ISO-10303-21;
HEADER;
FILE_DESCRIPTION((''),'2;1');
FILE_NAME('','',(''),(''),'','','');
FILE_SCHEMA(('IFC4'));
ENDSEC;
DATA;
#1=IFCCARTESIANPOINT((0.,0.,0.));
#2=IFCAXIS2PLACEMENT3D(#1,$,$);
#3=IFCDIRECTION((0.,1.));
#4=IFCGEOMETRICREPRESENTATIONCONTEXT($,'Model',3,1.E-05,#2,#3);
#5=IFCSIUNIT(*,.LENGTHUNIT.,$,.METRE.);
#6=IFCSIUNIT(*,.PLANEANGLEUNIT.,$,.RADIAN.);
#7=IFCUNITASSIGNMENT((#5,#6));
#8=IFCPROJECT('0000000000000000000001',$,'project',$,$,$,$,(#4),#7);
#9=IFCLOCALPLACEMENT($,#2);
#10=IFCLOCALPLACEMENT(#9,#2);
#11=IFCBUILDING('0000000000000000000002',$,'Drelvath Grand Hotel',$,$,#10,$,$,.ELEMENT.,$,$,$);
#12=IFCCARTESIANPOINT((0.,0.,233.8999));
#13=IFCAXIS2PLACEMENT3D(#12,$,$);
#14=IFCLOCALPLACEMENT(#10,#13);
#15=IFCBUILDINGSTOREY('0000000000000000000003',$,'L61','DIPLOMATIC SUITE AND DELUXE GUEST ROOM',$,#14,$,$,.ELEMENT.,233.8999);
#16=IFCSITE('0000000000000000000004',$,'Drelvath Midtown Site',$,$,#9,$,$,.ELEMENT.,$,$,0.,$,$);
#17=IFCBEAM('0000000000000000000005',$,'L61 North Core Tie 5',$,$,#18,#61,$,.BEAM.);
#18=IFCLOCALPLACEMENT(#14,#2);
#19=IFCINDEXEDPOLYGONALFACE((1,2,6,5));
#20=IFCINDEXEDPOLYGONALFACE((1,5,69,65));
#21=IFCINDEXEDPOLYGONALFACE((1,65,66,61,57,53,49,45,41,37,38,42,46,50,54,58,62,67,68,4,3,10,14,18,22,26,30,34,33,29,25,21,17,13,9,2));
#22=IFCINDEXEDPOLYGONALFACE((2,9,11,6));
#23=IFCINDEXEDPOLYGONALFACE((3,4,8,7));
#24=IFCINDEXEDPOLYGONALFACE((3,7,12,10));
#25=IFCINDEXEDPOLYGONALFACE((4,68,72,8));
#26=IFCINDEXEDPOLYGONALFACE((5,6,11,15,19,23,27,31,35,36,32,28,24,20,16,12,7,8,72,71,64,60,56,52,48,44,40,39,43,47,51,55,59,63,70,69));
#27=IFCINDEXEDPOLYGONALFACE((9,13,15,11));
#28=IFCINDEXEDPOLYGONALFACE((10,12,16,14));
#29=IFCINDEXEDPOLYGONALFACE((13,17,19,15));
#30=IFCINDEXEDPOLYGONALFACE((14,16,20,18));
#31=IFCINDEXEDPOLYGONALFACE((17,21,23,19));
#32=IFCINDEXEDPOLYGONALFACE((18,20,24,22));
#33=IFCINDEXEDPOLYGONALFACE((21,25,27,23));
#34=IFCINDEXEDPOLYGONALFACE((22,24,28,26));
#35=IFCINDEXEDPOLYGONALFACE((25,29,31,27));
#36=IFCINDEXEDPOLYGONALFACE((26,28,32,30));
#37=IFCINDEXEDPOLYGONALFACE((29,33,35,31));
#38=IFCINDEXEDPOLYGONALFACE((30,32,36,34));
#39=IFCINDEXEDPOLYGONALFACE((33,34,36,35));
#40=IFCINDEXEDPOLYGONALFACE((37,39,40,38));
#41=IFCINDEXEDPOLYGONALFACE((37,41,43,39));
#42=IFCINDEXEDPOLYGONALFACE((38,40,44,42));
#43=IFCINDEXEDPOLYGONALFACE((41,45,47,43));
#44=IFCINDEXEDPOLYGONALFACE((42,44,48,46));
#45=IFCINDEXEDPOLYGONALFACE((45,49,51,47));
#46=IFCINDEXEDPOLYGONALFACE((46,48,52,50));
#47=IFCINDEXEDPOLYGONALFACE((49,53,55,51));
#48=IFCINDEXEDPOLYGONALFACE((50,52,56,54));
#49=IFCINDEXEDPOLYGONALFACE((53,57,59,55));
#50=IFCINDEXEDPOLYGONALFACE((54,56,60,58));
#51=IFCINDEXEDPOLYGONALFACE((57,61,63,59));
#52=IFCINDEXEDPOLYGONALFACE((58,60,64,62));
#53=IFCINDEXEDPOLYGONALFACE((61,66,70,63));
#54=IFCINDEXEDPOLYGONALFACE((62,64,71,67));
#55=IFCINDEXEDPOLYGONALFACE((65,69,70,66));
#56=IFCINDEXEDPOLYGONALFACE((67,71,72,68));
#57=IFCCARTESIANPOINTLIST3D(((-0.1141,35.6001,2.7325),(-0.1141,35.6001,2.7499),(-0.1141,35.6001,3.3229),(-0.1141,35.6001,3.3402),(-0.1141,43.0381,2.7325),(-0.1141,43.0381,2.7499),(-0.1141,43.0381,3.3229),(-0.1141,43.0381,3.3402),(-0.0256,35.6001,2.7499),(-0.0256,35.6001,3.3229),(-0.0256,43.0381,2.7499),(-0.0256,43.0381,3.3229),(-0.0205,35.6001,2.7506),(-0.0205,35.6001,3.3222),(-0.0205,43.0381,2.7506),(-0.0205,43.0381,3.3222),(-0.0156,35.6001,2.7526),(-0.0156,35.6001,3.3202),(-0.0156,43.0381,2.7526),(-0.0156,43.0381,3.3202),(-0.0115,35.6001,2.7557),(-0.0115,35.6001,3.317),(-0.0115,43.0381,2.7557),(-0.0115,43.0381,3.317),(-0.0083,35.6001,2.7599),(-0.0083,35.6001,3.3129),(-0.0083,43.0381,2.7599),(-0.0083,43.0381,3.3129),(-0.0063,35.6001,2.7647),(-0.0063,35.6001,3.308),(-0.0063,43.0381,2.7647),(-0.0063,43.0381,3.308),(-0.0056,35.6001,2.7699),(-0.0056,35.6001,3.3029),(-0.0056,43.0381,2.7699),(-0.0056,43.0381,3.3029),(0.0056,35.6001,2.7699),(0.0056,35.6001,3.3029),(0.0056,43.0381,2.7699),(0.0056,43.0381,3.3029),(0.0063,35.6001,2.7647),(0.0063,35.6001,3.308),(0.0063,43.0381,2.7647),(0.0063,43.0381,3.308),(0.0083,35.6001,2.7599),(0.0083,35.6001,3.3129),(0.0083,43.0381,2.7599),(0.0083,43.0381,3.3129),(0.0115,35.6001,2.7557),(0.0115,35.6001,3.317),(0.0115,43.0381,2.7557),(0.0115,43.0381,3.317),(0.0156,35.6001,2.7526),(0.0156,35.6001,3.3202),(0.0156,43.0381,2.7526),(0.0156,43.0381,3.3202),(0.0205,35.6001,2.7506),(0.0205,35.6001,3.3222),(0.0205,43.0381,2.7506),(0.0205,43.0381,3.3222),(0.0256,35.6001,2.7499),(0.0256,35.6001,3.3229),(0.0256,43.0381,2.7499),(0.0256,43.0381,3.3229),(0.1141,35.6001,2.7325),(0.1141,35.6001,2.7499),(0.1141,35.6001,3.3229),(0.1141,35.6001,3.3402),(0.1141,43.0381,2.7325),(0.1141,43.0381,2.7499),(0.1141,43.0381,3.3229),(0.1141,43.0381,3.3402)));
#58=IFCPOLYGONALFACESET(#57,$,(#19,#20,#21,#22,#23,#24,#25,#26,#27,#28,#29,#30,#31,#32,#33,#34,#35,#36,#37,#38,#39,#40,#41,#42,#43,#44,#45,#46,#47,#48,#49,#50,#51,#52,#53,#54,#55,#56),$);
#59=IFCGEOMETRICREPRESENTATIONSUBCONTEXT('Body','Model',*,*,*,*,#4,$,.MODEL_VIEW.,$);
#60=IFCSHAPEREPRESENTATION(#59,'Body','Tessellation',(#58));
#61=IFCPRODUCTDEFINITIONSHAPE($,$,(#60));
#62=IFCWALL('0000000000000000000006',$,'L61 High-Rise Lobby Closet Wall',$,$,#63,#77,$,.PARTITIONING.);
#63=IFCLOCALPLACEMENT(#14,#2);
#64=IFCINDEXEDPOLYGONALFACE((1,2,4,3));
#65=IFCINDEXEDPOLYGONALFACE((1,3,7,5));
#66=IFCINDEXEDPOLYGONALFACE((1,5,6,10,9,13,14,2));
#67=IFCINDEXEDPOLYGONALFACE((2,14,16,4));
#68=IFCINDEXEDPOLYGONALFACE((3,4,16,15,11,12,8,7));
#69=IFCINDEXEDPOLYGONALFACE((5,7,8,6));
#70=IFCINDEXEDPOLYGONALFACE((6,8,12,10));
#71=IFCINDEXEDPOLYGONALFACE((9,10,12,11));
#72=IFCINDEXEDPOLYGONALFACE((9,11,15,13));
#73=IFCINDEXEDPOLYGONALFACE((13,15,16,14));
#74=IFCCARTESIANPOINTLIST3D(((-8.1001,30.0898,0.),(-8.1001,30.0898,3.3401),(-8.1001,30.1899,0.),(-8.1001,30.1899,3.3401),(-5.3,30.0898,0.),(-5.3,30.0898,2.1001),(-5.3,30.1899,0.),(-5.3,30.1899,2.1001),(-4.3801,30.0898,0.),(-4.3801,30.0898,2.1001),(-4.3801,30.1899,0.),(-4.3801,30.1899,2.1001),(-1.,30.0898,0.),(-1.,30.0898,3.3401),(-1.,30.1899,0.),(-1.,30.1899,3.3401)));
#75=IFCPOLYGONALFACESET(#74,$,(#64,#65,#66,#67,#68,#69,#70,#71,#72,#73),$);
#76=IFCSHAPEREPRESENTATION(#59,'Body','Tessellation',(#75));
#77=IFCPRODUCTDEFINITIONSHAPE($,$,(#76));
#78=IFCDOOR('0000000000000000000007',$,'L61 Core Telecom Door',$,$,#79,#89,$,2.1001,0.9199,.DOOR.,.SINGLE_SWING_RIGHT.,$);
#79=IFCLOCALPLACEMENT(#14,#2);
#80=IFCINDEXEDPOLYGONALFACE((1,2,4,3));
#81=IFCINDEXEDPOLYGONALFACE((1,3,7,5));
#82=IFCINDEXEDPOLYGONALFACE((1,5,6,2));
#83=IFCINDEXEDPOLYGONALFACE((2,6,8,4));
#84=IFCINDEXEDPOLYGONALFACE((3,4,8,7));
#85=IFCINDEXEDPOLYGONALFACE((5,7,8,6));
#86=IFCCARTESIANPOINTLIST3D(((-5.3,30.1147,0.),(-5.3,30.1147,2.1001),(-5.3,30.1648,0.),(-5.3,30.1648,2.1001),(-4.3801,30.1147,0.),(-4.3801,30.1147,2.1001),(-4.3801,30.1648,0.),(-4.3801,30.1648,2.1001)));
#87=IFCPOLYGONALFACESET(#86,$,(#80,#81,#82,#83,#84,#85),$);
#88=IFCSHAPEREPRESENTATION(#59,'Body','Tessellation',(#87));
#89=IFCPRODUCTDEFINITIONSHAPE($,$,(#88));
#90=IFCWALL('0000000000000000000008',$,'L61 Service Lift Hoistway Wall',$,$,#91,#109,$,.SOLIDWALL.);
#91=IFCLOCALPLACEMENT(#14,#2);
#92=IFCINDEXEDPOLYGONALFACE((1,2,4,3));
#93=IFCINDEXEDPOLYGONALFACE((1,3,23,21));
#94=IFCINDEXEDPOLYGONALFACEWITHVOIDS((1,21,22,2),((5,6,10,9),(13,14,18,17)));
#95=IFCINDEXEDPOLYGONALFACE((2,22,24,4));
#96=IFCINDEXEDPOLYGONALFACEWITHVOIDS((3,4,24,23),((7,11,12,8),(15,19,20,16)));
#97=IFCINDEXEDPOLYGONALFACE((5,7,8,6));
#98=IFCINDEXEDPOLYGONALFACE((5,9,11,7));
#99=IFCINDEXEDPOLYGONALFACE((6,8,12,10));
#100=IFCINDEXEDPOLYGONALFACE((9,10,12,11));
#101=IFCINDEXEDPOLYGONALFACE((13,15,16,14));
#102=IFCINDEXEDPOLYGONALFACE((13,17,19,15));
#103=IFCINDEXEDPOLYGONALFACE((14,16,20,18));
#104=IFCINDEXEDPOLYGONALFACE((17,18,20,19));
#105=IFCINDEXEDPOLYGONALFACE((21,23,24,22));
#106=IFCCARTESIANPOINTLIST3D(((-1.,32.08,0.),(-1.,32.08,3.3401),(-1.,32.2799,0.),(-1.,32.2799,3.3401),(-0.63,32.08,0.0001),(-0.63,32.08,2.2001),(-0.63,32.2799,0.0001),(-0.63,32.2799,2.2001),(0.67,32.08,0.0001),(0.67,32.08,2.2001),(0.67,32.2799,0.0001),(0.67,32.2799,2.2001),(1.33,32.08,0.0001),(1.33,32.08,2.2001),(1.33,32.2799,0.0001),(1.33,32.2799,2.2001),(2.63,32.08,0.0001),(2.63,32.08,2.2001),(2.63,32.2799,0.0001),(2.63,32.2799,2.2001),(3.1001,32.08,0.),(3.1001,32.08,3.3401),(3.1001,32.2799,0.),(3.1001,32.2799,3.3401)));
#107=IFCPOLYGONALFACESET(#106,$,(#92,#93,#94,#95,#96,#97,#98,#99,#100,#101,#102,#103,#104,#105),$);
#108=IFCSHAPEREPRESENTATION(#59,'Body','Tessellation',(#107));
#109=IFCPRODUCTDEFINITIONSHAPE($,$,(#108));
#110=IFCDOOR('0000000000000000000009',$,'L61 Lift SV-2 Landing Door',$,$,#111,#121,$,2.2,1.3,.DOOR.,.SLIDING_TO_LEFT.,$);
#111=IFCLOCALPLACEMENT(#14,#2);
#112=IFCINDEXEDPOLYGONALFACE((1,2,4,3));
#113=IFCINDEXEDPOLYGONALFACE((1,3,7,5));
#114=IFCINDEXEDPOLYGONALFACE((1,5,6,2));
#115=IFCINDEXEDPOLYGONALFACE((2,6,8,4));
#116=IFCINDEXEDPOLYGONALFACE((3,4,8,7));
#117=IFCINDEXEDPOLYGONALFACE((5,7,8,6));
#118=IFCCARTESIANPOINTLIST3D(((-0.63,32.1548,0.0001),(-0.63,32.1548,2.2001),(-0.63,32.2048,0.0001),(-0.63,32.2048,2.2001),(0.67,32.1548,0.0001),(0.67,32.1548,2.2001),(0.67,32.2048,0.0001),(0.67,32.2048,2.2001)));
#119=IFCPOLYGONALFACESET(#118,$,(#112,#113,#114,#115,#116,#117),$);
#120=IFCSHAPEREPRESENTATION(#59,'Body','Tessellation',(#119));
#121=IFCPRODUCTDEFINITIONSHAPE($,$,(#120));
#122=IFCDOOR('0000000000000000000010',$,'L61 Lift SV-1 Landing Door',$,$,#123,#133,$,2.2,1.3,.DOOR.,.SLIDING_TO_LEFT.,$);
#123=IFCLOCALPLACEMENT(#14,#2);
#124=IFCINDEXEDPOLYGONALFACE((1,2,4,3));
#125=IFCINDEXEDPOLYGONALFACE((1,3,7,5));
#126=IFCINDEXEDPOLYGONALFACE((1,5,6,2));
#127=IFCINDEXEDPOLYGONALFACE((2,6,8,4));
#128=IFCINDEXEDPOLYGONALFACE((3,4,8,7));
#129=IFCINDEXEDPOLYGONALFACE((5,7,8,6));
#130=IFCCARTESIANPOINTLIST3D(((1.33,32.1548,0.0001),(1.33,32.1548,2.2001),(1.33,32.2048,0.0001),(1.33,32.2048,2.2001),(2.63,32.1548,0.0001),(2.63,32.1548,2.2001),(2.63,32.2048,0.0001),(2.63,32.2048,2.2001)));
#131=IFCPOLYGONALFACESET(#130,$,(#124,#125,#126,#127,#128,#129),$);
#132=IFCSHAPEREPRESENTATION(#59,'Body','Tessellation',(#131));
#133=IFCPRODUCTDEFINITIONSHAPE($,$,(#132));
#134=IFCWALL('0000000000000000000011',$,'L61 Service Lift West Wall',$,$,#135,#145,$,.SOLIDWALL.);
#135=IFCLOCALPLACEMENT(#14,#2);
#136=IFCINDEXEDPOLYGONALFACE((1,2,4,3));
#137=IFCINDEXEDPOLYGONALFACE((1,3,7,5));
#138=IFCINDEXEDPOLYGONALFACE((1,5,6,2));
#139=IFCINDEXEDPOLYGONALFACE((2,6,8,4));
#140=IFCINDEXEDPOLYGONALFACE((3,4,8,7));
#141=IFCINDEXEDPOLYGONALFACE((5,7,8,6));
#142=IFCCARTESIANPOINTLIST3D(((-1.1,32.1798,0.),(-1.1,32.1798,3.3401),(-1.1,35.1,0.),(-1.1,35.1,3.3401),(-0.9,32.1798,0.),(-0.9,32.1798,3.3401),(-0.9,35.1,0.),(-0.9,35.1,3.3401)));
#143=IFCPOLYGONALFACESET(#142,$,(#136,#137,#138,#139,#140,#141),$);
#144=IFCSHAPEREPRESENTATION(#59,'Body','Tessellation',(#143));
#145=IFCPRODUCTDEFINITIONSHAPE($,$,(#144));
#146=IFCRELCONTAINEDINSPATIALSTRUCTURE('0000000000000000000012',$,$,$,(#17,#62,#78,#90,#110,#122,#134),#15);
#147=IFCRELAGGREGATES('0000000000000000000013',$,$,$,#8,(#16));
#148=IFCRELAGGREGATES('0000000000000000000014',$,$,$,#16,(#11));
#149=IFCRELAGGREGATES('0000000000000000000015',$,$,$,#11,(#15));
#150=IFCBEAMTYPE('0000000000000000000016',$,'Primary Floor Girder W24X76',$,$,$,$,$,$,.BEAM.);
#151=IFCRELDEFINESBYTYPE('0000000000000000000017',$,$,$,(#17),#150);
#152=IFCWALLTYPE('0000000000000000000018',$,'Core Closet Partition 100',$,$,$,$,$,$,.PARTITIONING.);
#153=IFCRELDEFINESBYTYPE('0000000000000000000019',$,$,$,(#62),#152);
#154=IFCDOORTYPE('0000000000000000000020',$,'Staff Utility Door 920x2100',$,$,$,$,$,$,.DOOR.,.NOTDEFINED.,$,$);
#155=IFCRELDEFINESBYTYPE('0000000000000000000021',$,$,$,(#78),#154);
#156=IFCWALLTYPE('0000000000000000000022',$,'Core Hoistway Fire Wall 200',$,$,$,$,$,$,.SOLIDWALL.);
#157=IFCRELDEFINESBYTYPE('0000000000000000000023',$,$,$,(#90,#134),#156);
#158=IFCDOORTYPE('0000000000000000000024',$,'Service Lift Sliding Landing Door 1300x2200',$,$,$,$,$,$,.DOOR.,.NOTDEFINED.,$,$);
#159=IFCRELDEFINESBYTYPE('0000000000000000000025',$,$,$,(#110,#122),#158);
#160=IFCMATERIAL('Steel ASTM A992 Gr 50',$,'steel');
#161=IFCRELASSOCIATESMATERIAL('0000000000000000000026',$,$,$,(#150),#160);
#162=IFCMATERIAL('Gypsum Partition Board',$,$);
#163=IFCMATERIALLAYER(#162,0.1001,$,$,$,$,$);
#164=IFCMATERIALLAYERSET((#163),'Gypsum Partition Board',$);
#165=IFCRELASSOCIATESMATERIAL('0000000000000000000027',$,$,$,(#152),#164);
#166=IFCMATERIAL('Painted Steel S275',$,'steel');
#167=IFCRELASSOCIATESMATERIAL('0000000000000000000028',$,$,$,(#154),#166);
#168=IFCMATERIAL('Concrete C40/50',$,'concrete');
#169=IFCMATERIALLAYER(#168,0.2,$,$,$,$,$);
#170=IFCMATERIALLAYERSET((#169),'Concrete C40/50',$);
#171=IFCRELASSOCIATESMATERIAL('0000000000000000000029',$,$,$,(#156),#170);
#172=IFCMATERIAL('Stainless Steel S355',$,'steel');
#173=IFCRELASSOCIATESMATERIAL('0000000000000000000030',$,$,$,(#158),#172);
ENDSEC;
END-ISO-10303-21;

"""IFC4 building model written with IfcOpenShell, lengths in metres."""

from ifc_helpers import new_model, si_unit, direction, frame, frame_2d, origin, origin_2d, place, context, subcontext, project, spatial, rectangle, i_section, extrude, material, layer, layer_set, material_profile, profile_set, type_object, element, fill, save


model = new_model("IFC4")

# Units and contexts
model_context = context("Model", 3, precision=1e-05, world=origin(), true_north=direction((0.0, 1.0)))
body_context = subcontext(model_context, "Body", "Model", "MODEL_VIEW")
ifc_project = project(units=[si_unit("LENGTHUNIT", "METRE"), si_unit("PLANEANGLEUNIT", "RADIAN")], contexts=[model_context])

# Site, building, storey
site_placement = place(None, origin())
site = spatial("IfcSite", under=ifc_project, at=site_placement, Name="Drelvath Midtown Site", CompositionType="ELEMENT", RefElevation=0.0)
building_placement = place(site_placement, origin())
building = spatial("IfcBuilding", under=site, at=building_placement, Name="Drelvath Grand Hotel", CompositionType="ELEMENT")
storey_placement = place(building_placement, frame((0.0, 0.0, 233.8999)))
storey = spatial("IfcBuildingStorey", under=building, at=storey_placement, Name="L61", Description="DIPLOMATIC SUITE AND DELUXE GUEST ROOM", CompositionType="ELEMENT", Elevation=233.8999)

# Beam
ifc_material_1 = material(Name="Steel ASTM A992 Gr 50", Category="steel")
ifc_material_profile = material_profile(ifc_material_1, i_section(OverallWidth=0.2283, OverallDepth=0.6077, WebThickness=0.0112, FlangeThickness=0.0173, FilletRadius=0.02, at=origin_2d()), Name="W24X76")
ifc_profile_set = profile_set([ifc_material_profile], Name="Steel ASTM A992 Gr 50")
beam_type = type_object("IfcBeamType", Name="Primary Floor Girder W24X76", PredefinedType="BEAM", material=ifc_profile_set)
beam_placement = place(storey_placement, frame((0.0, 35.6001, 3.0364), z_axis=(0.0, 1.0, 0.0), x_axis=(-1.0, 0.0, 0.0)))
element("IfcBeam", 1, at=beam_placement, inside=storey, type_object=beam_type, Name="L61 North Core Tie 5", PredefinedType="BEAM", context=body_context, shape_type="SweptSolid", body=[
    extrude(i_section(OverallWidth=0.2283, OverallDepth=0.6077, WebThickness=0.0112, FlangeThickness=0.0173, FilletRadius=0.02, at=origin_2d()), origin(), (0.0, 0.0, 1.0), 7.438),
])

# Wall, opening, door
ifc_material_2 = material(Name="Gypsum Partition Board")
ifc_layer_1 = layer(ifc_material_2, 0.1001)
ifc_layer_set_1 = layer_set([ifc_layer_1], Name="Gypsum Partition Board")
wall_type_1 = type_object("IfcWallType", Name="Core Closet Partition 100", PredefinedType="PARTITIONING", material=ifc_layer_set_1)
wall_1_placement = place(storey_placement, frame((-8.1001, 30.1399, 0.0), z_axis=(0.0, 0.0, 1.0), x_axis=(1.0, 0.0, 0.0)))
wall_1 = element("IfcWall", 2, at=wall_1_placement, inside=storey, type_object=wall_type_1, Name="L61 High-Rise Lobby Closet Wall", PredefinedType="PARTITIONING", context=body_context, shape_type="SweptSolid", body=[
    extrude(rectangle(XDim=7.1001, YDim=0.1001, at=frame_2d((3.55, 0.0))), origin(), (0.0, 0.0, 1.0), 3.3401),
])
opening_1_placement = place(wall_1_placement, frame((2.8, 0.0, 0.0)))
opening_1 = element("IfcOpeningElement", 3, at=opening_1_placement, cuts=wall_1, PredefinedType="OPENING", context=body_context, shape_type="SweptSolid", body=[
    extrude(rectangle(XDim=0.9199, YDim=2.1001, at=frame_2d((0.46, 1.05))), frame((0.0, 0.0601, 0.0), z_axis=(0.0, -1.0, 0.0), x_axis=(1.0, 0.0, 0.0)), (0.0, 0.0, 1.0), 0.1201),
])
ifc_material_3 = material(Name="Painted Steel S275", Category="steel")
door_type_1 = type_object("IfcDoorType", Name="Staff Utility Door 920x2100", OperationType="NOTDEFINED", PredefinedType="DOOR", material=ifc_material_3)
door_1_placement = place(opening_1_placement, origin())
door_1 = element("IfcDoor", 4, at=door_1_placement, inside=storey, type_object=door_type_1, Name="L61 Core Telecom Door", OperationType="SINGLE_SWING_RIGHT", OverallHeight=2.1001, OverallWidth=0.9199, PredefinedType="DOOR", context=body_context, shape_type="SweptSolid", body=[
    extrude(rectangle(XDim=0.9199, YDim=2.1001, at=frame_2d((0.46, 1.05))), frame((0.0, 0.0249, 0.0), z_axis=(0.0, -1.0, 0.0), x_axis=(1.0, 0.0, 0.0)), (0.0, 0.0, 1.0), 0.05),
])
fill(opening_1, door_1)

# Wall, openings, doors
ifc_material_4 = material(Name="Concrete C40/50", Category="concrete")
ifc_layer_2 = layer(ifc_material_4, 0.2)
ifc_layer_set_2 = layer_set([ifc_layer_2], Name="Concrete C40/50")
wall_type_2 = type_object("IfcWallType", Name="Core Hoistway Fire Wall 200", PredefinedType="SOLIDWALL", material=ifc_layer_set_2)
wall_2_placement = place(storey_placement, frame((-1.0, 32.1799, 0.0), z_axis=(0.0, 0.0, 1.0), x_axis=(1.0, 0.0, 0.0)))
wall_2 = element("IfcWall", 5, at=wall_2_placement, inside=storey, type_object=wall_type_2, Name="L61 Service Lift Hoistway Wall", PredefinedType="SOLIDWALL", context=body_context, shape_type="SweptSolid", body=[
    extrude(rectangle(XDim=4.1001, YDim=0.2, at=frame_2d((2.05, 0.0))), origin(), (0.0, 0.0, 1.0), 3.3401),
])
opening_2_placement = place(wall_2_placement, frame((0.3701, 0.0, 0.0)))
opening_2 = element("IfcOpeningElement", 6, at=opening_2_placement, cuts=wall_2, PredefinedType="OPENING", context=body_context, shape_type="SweptSolid", body=[
    extrude(rectangle(XDim=1.3, YDim=2.2, at=frame_2d((0.6499, 1.1001))), frame((0.0, 0.1099, 0.0), z_axis=(0.0, -1.0, 0.0), x_axis=(1.0, 0.0, 0.0)), (0.0, 0.0, 1.0), 0.22),
])
opening_3_placement = place(wall_2_placement, frame((2.3301, 0.0, 0.0)))
opening_3 = element("IfcOpeningElement", 7, at=opening_3_placement, cuts=wall_2, PredefinedType="OPENING", context=body_context, shape_type="SweptSolid", body=[
    extrude(rectangle(XDim=1.3, YDim=2.2, at=frame_2d((0.6499, 1.1001))), frame((0.0, 0.1099, 0.0), z_axis=(0.0, -1.0, 0.0), x_axis=(1.0, 0.0, 0.0)), (0.0, 0.0, 1.0), 0.22),
])
ifc_material_5 = material(Name="Stainless Steel S355", Category="steel")
door_type_2 = type_object("IfcDoorType", Name="Service Lift Sliding Landing Door 1300x2200", OperationType="NOTDEFINED", PredefinedType="DOOR", material=ifc_material_5)
door_2_placement = place(opening_2_placement, origin())
door_2 = element("IfcDoor", 8, at=door_2_placement, inside=storey, type_object=door_type_2, Name="L61 Lift SV-2 Landing Door", OperationType="SLIDING_TO_LEFT", OverallHeight=2.2, OverallWidth=1.3, PredefinedType="DOOR", context=body_context, shape_type="SweptSolid", body=[
    extrude(rectangle(XDim=1.3, YDim=2.2, at=frame_2d((0.6499, 1.1001))), frame((0.0, 0.0249, 0.0), z_axis=(0.0, -1.0, 0.0), x_axis=(1.0, 0.0, 0.0)), (0.0, 0.0, 1.0), 0.05),
])
fill(opening_2, door_2)
door_3_placement = place(opening_3_placement, origin())
door_3 = element("IfcDoor", 9, at=door_3_placement, inside=storey, type_object=door_type_2, Name="L61 Lift SV-1 Landing Door", OperationType="SLIDING_TO_LEFT", OverallHeight=2.2, OverallWidth=1.3, PredefinedType="DOOR", context=body_context, shape_type="SweptSolid", body=[
    extrude(rectangle(XDim=1.3, YDim=2.2, at=frame_2d((0.6499, 1.1001))), frame((0.0, 0.0249, 0.0), z_axis=(0.0, -1.0, 0.0), x_axis=(1.0, 0.0, 0.0)), (0.0, 0.0, 1.0), 0.05),
])
fill(opening_3, door_3)

# Wall
wall_3_placement = place(storey_placement, frame((-1.0, 32.1799, 0.0), z_axis=(0.0, 0.0, 1.0), x_axis=(0.0, 1.0, 0.0)))
element("IfcWall", 10, at=wall_3_placement, inside=storey, type_object=wall_type_2, Name="L61 Service Lift West Wall", PredefinedType="SOLIDWALL", context=body_context, shape_type="SweptSolid", body=[
    extrude(rectangle(XDim=2.9202, YDim=0.2, at=frame_2d((1.46, 0.0))), origin(), (0.0, 0.0, 1.0), 3.3401),
])

save(model, "model.ifc")
